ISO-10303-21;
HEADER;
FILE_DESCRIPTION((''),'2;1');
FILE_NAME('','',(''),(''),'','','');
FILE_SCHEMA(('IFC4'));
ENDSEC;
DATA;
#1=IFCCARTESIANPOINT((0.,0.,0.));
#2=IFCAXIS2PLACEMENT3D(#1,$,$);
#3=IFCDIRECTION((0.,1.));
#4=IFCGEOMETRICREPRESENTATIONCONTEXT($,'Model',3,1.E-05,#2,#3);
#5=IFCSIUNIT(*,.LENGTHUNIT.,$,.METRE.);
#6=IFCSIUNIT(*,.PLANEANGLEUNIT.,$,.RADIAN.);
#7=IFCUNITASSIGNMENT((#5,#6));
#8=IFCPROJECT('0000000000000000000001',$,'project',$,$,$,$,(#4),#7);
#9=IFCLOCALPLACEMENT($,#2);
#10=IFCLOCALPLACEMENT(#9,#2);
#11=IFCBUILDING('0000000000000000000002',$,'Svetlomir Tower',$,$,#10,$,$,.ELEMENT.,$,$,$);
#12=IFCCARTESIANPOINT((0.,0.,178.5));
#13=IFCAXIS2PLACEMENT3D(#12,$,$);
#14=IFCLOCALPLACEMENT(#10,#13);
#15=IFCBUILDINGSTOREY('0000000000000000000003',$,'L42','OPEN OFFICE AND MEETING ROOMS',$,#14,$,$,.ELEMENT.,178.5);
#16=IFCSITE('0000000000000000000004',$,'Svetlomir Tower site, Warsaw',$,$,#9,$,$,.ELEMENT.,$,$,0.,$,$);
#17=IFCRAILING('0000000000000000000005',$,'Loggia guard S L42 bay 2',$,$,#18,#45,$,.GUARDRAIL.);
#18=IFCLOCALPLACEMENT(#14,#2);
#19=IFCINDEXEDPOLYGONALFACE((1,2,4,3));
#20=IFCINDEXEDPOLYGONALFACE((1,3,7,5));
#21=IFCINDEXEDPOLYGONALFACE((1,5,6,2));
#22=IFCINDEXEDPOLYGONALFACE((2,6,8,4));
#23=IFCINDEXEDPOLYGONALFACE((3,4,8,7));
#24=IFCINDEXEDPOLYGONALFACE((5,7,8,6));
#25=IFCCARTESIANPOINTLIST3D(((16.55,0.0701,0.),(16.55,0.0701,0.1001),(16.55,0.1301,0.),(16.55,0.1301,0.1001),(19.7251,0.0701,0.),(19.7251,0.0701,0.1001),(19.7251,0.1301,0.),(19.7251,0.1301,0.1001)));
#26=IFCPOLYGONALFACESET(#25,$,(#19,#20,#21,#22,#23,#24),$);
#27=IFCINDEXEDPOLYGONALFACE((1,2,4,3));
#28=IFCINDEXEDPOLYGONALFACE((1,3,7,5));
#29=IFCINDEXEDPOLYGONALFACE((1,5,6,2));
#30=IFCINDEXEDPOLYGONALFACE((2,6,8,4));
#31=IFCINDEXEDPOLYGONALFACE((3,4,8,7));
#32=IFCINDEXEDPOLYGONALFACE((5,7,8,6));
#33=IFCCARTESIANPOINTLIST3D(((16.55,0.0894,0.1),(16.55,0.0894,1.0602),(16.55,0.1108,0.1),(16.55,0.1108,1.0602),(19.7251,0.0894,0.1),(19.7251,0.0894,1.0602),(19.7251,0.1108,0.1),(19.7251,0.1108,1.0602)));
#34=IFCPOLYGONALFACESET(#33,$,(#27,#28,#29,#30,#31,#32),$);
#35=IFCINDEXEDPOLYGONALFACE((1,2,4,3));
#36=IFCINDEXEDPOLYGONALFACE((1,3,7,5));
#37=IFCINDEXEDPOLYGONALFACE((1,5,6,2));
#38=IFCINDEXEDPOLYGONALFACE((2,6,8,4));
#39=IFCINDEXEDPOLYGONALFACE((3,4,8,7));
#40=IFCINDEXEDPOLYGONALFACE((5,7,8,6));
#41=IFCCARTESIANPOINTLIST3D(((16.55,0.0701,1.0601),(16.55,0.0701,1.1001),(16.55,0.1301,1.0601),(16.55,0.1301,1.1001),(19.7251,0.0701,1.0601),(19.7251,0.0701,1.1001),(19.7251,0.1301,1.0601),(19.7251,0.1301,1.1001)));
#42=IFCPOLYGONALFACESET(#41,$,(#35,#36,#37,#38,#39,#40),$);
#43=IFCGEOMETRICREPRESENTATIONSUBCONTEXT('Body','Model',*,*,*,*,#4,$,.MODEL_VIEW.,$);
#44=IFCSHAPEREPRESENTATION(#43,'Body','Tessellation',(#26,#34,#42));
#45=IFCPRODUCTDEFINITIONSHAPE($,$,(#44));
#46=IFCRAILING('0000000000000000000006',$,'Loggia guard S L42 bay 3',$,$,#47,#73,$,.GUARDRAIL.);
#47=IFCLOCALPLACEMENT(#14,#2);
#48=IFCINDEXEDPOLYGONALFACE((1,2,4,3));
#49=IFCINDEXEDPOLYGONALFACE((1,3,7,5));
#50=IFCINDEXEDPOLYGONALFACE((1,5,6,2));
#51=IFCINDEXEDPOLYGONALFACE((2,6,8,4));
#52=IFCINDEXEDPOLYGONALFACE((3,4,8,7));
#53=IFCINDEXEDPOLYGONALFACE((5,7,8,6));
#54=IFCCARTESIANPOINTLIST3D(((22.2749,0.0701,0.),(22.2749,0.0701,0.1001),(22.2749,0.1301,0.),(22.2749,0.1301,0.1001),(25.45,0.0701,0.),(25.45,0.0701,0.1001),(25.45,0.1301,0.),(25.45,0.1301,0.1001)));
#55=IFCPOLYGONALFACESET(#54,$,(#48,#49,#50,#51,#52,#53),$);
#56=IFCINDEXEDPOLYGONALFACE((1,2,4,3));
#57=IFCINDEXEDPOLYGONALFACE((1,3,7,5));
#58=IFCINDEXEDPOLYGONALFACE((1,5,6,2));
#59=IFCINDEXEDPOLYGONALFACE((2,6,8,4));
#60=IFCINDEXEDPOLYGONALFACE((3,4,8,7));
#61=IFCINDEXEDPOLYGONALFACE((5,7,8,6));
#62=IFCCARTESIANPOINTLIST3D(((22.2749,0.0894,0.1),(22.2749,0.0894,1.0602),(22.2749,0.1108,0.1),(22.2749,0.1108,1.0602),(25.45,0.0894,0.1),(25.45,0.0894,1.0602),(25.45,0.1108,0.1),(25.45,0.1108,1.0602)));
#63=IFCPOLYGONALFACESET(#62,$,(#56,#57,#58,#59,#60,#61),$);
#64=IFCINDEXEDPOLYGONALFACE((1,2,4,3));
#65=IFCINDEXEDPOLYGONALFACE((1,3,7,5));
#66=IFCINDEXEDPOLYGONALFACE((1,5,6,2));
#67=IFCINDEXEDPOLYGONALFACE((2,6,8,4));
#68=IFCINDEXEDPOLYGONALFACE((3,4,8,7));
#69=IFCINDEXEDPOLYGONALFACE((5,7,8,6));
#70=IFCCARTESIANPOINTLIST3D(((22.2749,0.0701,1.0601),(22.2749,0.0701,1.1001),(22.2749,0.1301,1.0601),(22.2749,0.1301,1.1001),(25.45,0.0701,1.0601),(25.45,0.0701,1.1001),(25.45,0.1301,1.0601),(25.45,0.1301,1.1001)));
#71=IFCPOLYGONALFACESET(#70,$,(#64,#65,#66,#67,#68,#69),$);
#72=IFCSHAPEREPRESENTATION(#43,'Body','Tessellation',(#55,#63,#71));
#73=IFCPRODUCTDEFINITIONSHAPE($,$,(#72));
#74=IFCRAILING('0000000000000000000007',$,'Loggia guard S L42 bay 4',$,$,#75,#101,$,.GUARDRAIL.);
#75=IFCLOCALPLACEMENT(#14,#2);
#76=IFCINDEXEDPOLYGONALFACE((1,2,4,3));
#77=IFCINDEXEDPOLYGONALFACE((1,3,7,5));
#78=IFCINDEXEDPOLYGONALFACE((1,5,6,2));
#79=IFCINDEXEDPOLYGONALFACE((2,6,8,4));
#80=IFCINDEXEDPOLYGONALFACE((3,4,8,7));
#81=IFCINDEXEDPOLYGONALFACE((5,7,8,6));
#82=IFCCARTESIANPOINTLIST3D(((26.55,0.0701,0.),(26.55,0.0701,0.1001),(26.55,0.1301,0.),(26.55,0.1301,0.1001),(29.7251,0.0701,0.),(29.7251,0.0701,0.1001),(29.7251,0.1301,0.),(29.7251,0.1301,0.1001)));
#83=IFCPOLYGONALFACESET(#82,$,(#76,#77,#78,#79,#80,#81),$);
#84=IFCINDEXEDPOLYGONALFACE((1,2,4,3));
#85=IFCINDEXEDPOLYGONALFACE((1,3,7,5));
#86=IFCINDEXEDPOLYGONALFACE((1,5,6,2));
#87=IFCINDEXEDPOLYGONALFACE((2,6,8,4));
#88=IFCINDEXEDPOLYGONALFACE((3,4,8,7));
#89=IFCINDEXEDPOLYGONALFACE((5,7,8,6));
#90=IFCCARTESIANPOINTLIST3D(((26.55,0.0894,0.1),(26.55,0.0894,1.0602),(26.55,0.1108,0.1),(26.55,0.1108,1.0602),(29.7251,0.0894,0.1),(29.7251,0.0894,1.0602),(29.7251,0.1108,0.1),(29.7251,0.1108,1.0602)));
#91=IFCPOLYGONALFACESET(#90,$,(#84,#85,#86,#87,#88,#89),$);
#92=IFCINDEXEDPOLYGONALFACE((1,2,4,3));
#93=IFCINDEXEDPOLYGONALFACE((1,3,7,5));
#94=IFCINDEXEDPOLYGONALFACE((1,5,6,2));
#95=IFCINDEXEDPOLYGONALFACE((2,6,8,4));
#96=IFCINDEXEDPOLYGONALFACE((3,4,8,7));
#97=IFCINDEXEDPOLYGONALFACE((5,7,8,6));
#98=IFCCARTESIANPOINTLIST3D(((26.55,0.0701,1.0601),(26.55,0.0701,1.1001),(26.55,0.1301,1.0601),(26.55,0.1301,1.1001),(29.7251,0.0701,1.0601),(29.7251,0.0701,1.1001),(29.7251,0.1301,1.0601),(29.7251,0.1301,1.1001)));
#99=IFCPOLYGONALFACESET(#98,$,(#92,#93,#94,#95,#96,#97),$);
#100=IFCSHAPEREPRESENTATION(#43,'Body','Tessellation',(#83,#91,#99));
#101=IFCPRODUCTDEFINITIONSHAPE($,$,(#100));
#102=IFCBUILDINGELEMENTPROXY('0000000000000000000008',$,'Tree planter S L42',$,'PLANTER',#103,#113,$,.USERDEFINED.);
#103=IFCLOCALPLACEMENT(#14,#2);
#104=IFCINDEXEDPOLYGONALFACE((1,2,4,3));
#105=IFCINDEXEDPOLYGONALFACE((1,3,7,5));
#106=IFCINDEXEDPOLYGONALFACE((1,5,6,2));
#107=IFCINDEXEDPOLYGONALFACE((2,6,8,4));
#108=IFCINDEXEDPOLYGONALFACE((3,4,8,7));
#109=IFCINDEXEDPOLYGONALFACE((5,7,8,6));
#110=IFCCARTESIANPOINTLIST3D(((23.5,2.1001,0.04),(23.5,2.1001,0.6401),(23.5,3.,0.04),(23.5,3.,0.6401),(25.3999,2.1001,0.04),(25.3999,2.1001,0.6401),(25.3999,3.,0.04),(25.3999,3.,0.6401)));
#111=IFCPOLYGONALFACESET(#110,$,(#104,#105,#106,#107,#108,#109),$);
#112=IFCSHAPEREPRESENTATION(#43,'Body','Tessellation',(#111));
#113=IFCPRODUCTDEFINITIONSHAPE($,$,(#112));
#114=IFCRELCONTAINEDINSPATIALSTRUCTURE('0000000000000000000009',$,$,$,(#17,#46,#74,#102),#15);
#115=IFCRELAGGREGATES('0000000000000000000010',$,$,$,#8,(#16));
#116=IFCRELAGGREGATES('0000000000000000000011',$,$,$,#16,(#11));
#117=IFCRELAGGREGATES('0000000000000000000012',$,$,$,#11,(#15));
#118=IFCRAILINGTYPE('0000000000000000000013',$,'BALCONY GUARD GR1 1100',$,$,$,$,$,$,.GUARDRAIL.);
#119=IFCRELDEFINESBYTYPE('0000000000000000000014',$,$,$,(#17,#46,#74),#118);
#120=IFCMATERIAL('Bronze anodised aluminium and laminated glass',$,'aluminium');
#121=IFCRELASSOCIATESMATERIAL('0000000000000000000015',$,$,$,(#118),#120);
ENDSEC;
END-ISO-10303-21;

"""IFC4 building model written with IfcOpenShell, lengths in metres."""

from ifc_helpers import new_model, si_unit, direction, frame, origin, origin_2d, place, context, subcontext, project, spatial, rectangle, extrude, material, type_object, element, save


model = new_model("IFC4")

# Units and contexts
model_context = context("Model", 3, precision=1e-05, world=origin(), true_north=direction((0.0, 1.0)))
body_context = subcontext(model_context, "Body", "Model", "MODEL_VIEW")
ifc_project = project(units=[si_unit("LENGTHUNIT", "METRE"), si_unit("PLANEANGLEUNIT", "RADIAN")], contexts=[model_context])

# Site, building, storey
site_placement = place(None, origin())
site = spatial("IfcSite", under=ifc_project, at=site_placement, Name="Svetlomir Tower site, Warsaw", CompositionType="ELEMENT", RefElevation=0.0)
building_placement = place(site_placement, origin())
building = spatial("IfcBuilding", under=site, at=building_placement, Name="Svetlomir Tower", CompositionType="ELEMENT")
storey_placement = place(building_placement, frame((0.0, 0.0, 178.5)))
storey = spatial("IfcBuildingStorey", under=building, at=storey_placement, Name="L42", Description="OPEN OFFICE AND MEETING ROOMS", CompositionType="ELEMENT", Elevation=178.5)

# Railings
ifc_material_1 = material(Name="Bronze anodised aluminium and laminated glass", Category="aluminium")
railing_type = type_object("IfcRailingType", Name="BALCONY GUARD GR1 1100", PredefinedType="GUARDRAIL", material=ifc_material_1)
for number, where, name in (
    (1, (16.55, 0.1001, 0.0), "Loggia guard S L42 bay 2"),
    (2, (22.2749, 0.1001, 0.0), "Loggia guard S L42 bay 3"),
    (3, (26.55, 0.1001, 0.0), "Loggia guard S L42 bay 4"),
):
    element("IfcRailing", number, at=place(storey_placement, frame(where)), inside=storey, type_object=railing_type, Name=name, PredefinedType="GUARDRAIL", context=body_context, shape_type="SweptSolid", body=[
        extrude(rectangle(XDim=0.0601, YDim=0.1001, at=origin_2d()), frame((0.0, 0.0, 0.05), z_axis=(1.0, 0.0, 0.0), x_axis=(0.0, 1.0, 0.0)), (0.0, 0.0, 1.0), 3.175),
        extrude(rectangle(XDim=0.0215, YDim=0.9602, at=origin_2d()), frame((0.0, 0.0, 0.5801), z_axis=(1.0, 0.0, 0.0), x_axis=(0.0, 1.0, 0.0)), (0.0, 0.0, 1.0), 3.175),
        extrude(rectangle(XDim=0.0601, YDim=0.04, at=origin_2d()), frame((0.0, 0.0, 1.0801), z_axis=(1.0, 0.0, 0.0), x_axis=(0.0, 1.0, 0.0)), (0.0, 0.0, 1.0), 3.175),
    ])

# Building element proxy
proxy_placement = place(storey_placement, frame((24.45, 2.55, 0.04), z_axis=(0.0, 0.0, 1.0), x_axis=(1.0, 0.0, 0.0)))
element("IfcBuildingElementProxy", 4, at=proxy_placement, inside=storey, Name="Tree planter S L42", ObjectType="PLANTER", PredefinedType="USERDEFINED", context=body_context, shape_type="SweptSolid", body=[
    extrude(rectangle(XDim=1.8999, YDim=0.8999, at=origin_2d()), origin(), (0.0, 0.0, 1.0), 0.6001),
])

save(model, "model.ifc")
